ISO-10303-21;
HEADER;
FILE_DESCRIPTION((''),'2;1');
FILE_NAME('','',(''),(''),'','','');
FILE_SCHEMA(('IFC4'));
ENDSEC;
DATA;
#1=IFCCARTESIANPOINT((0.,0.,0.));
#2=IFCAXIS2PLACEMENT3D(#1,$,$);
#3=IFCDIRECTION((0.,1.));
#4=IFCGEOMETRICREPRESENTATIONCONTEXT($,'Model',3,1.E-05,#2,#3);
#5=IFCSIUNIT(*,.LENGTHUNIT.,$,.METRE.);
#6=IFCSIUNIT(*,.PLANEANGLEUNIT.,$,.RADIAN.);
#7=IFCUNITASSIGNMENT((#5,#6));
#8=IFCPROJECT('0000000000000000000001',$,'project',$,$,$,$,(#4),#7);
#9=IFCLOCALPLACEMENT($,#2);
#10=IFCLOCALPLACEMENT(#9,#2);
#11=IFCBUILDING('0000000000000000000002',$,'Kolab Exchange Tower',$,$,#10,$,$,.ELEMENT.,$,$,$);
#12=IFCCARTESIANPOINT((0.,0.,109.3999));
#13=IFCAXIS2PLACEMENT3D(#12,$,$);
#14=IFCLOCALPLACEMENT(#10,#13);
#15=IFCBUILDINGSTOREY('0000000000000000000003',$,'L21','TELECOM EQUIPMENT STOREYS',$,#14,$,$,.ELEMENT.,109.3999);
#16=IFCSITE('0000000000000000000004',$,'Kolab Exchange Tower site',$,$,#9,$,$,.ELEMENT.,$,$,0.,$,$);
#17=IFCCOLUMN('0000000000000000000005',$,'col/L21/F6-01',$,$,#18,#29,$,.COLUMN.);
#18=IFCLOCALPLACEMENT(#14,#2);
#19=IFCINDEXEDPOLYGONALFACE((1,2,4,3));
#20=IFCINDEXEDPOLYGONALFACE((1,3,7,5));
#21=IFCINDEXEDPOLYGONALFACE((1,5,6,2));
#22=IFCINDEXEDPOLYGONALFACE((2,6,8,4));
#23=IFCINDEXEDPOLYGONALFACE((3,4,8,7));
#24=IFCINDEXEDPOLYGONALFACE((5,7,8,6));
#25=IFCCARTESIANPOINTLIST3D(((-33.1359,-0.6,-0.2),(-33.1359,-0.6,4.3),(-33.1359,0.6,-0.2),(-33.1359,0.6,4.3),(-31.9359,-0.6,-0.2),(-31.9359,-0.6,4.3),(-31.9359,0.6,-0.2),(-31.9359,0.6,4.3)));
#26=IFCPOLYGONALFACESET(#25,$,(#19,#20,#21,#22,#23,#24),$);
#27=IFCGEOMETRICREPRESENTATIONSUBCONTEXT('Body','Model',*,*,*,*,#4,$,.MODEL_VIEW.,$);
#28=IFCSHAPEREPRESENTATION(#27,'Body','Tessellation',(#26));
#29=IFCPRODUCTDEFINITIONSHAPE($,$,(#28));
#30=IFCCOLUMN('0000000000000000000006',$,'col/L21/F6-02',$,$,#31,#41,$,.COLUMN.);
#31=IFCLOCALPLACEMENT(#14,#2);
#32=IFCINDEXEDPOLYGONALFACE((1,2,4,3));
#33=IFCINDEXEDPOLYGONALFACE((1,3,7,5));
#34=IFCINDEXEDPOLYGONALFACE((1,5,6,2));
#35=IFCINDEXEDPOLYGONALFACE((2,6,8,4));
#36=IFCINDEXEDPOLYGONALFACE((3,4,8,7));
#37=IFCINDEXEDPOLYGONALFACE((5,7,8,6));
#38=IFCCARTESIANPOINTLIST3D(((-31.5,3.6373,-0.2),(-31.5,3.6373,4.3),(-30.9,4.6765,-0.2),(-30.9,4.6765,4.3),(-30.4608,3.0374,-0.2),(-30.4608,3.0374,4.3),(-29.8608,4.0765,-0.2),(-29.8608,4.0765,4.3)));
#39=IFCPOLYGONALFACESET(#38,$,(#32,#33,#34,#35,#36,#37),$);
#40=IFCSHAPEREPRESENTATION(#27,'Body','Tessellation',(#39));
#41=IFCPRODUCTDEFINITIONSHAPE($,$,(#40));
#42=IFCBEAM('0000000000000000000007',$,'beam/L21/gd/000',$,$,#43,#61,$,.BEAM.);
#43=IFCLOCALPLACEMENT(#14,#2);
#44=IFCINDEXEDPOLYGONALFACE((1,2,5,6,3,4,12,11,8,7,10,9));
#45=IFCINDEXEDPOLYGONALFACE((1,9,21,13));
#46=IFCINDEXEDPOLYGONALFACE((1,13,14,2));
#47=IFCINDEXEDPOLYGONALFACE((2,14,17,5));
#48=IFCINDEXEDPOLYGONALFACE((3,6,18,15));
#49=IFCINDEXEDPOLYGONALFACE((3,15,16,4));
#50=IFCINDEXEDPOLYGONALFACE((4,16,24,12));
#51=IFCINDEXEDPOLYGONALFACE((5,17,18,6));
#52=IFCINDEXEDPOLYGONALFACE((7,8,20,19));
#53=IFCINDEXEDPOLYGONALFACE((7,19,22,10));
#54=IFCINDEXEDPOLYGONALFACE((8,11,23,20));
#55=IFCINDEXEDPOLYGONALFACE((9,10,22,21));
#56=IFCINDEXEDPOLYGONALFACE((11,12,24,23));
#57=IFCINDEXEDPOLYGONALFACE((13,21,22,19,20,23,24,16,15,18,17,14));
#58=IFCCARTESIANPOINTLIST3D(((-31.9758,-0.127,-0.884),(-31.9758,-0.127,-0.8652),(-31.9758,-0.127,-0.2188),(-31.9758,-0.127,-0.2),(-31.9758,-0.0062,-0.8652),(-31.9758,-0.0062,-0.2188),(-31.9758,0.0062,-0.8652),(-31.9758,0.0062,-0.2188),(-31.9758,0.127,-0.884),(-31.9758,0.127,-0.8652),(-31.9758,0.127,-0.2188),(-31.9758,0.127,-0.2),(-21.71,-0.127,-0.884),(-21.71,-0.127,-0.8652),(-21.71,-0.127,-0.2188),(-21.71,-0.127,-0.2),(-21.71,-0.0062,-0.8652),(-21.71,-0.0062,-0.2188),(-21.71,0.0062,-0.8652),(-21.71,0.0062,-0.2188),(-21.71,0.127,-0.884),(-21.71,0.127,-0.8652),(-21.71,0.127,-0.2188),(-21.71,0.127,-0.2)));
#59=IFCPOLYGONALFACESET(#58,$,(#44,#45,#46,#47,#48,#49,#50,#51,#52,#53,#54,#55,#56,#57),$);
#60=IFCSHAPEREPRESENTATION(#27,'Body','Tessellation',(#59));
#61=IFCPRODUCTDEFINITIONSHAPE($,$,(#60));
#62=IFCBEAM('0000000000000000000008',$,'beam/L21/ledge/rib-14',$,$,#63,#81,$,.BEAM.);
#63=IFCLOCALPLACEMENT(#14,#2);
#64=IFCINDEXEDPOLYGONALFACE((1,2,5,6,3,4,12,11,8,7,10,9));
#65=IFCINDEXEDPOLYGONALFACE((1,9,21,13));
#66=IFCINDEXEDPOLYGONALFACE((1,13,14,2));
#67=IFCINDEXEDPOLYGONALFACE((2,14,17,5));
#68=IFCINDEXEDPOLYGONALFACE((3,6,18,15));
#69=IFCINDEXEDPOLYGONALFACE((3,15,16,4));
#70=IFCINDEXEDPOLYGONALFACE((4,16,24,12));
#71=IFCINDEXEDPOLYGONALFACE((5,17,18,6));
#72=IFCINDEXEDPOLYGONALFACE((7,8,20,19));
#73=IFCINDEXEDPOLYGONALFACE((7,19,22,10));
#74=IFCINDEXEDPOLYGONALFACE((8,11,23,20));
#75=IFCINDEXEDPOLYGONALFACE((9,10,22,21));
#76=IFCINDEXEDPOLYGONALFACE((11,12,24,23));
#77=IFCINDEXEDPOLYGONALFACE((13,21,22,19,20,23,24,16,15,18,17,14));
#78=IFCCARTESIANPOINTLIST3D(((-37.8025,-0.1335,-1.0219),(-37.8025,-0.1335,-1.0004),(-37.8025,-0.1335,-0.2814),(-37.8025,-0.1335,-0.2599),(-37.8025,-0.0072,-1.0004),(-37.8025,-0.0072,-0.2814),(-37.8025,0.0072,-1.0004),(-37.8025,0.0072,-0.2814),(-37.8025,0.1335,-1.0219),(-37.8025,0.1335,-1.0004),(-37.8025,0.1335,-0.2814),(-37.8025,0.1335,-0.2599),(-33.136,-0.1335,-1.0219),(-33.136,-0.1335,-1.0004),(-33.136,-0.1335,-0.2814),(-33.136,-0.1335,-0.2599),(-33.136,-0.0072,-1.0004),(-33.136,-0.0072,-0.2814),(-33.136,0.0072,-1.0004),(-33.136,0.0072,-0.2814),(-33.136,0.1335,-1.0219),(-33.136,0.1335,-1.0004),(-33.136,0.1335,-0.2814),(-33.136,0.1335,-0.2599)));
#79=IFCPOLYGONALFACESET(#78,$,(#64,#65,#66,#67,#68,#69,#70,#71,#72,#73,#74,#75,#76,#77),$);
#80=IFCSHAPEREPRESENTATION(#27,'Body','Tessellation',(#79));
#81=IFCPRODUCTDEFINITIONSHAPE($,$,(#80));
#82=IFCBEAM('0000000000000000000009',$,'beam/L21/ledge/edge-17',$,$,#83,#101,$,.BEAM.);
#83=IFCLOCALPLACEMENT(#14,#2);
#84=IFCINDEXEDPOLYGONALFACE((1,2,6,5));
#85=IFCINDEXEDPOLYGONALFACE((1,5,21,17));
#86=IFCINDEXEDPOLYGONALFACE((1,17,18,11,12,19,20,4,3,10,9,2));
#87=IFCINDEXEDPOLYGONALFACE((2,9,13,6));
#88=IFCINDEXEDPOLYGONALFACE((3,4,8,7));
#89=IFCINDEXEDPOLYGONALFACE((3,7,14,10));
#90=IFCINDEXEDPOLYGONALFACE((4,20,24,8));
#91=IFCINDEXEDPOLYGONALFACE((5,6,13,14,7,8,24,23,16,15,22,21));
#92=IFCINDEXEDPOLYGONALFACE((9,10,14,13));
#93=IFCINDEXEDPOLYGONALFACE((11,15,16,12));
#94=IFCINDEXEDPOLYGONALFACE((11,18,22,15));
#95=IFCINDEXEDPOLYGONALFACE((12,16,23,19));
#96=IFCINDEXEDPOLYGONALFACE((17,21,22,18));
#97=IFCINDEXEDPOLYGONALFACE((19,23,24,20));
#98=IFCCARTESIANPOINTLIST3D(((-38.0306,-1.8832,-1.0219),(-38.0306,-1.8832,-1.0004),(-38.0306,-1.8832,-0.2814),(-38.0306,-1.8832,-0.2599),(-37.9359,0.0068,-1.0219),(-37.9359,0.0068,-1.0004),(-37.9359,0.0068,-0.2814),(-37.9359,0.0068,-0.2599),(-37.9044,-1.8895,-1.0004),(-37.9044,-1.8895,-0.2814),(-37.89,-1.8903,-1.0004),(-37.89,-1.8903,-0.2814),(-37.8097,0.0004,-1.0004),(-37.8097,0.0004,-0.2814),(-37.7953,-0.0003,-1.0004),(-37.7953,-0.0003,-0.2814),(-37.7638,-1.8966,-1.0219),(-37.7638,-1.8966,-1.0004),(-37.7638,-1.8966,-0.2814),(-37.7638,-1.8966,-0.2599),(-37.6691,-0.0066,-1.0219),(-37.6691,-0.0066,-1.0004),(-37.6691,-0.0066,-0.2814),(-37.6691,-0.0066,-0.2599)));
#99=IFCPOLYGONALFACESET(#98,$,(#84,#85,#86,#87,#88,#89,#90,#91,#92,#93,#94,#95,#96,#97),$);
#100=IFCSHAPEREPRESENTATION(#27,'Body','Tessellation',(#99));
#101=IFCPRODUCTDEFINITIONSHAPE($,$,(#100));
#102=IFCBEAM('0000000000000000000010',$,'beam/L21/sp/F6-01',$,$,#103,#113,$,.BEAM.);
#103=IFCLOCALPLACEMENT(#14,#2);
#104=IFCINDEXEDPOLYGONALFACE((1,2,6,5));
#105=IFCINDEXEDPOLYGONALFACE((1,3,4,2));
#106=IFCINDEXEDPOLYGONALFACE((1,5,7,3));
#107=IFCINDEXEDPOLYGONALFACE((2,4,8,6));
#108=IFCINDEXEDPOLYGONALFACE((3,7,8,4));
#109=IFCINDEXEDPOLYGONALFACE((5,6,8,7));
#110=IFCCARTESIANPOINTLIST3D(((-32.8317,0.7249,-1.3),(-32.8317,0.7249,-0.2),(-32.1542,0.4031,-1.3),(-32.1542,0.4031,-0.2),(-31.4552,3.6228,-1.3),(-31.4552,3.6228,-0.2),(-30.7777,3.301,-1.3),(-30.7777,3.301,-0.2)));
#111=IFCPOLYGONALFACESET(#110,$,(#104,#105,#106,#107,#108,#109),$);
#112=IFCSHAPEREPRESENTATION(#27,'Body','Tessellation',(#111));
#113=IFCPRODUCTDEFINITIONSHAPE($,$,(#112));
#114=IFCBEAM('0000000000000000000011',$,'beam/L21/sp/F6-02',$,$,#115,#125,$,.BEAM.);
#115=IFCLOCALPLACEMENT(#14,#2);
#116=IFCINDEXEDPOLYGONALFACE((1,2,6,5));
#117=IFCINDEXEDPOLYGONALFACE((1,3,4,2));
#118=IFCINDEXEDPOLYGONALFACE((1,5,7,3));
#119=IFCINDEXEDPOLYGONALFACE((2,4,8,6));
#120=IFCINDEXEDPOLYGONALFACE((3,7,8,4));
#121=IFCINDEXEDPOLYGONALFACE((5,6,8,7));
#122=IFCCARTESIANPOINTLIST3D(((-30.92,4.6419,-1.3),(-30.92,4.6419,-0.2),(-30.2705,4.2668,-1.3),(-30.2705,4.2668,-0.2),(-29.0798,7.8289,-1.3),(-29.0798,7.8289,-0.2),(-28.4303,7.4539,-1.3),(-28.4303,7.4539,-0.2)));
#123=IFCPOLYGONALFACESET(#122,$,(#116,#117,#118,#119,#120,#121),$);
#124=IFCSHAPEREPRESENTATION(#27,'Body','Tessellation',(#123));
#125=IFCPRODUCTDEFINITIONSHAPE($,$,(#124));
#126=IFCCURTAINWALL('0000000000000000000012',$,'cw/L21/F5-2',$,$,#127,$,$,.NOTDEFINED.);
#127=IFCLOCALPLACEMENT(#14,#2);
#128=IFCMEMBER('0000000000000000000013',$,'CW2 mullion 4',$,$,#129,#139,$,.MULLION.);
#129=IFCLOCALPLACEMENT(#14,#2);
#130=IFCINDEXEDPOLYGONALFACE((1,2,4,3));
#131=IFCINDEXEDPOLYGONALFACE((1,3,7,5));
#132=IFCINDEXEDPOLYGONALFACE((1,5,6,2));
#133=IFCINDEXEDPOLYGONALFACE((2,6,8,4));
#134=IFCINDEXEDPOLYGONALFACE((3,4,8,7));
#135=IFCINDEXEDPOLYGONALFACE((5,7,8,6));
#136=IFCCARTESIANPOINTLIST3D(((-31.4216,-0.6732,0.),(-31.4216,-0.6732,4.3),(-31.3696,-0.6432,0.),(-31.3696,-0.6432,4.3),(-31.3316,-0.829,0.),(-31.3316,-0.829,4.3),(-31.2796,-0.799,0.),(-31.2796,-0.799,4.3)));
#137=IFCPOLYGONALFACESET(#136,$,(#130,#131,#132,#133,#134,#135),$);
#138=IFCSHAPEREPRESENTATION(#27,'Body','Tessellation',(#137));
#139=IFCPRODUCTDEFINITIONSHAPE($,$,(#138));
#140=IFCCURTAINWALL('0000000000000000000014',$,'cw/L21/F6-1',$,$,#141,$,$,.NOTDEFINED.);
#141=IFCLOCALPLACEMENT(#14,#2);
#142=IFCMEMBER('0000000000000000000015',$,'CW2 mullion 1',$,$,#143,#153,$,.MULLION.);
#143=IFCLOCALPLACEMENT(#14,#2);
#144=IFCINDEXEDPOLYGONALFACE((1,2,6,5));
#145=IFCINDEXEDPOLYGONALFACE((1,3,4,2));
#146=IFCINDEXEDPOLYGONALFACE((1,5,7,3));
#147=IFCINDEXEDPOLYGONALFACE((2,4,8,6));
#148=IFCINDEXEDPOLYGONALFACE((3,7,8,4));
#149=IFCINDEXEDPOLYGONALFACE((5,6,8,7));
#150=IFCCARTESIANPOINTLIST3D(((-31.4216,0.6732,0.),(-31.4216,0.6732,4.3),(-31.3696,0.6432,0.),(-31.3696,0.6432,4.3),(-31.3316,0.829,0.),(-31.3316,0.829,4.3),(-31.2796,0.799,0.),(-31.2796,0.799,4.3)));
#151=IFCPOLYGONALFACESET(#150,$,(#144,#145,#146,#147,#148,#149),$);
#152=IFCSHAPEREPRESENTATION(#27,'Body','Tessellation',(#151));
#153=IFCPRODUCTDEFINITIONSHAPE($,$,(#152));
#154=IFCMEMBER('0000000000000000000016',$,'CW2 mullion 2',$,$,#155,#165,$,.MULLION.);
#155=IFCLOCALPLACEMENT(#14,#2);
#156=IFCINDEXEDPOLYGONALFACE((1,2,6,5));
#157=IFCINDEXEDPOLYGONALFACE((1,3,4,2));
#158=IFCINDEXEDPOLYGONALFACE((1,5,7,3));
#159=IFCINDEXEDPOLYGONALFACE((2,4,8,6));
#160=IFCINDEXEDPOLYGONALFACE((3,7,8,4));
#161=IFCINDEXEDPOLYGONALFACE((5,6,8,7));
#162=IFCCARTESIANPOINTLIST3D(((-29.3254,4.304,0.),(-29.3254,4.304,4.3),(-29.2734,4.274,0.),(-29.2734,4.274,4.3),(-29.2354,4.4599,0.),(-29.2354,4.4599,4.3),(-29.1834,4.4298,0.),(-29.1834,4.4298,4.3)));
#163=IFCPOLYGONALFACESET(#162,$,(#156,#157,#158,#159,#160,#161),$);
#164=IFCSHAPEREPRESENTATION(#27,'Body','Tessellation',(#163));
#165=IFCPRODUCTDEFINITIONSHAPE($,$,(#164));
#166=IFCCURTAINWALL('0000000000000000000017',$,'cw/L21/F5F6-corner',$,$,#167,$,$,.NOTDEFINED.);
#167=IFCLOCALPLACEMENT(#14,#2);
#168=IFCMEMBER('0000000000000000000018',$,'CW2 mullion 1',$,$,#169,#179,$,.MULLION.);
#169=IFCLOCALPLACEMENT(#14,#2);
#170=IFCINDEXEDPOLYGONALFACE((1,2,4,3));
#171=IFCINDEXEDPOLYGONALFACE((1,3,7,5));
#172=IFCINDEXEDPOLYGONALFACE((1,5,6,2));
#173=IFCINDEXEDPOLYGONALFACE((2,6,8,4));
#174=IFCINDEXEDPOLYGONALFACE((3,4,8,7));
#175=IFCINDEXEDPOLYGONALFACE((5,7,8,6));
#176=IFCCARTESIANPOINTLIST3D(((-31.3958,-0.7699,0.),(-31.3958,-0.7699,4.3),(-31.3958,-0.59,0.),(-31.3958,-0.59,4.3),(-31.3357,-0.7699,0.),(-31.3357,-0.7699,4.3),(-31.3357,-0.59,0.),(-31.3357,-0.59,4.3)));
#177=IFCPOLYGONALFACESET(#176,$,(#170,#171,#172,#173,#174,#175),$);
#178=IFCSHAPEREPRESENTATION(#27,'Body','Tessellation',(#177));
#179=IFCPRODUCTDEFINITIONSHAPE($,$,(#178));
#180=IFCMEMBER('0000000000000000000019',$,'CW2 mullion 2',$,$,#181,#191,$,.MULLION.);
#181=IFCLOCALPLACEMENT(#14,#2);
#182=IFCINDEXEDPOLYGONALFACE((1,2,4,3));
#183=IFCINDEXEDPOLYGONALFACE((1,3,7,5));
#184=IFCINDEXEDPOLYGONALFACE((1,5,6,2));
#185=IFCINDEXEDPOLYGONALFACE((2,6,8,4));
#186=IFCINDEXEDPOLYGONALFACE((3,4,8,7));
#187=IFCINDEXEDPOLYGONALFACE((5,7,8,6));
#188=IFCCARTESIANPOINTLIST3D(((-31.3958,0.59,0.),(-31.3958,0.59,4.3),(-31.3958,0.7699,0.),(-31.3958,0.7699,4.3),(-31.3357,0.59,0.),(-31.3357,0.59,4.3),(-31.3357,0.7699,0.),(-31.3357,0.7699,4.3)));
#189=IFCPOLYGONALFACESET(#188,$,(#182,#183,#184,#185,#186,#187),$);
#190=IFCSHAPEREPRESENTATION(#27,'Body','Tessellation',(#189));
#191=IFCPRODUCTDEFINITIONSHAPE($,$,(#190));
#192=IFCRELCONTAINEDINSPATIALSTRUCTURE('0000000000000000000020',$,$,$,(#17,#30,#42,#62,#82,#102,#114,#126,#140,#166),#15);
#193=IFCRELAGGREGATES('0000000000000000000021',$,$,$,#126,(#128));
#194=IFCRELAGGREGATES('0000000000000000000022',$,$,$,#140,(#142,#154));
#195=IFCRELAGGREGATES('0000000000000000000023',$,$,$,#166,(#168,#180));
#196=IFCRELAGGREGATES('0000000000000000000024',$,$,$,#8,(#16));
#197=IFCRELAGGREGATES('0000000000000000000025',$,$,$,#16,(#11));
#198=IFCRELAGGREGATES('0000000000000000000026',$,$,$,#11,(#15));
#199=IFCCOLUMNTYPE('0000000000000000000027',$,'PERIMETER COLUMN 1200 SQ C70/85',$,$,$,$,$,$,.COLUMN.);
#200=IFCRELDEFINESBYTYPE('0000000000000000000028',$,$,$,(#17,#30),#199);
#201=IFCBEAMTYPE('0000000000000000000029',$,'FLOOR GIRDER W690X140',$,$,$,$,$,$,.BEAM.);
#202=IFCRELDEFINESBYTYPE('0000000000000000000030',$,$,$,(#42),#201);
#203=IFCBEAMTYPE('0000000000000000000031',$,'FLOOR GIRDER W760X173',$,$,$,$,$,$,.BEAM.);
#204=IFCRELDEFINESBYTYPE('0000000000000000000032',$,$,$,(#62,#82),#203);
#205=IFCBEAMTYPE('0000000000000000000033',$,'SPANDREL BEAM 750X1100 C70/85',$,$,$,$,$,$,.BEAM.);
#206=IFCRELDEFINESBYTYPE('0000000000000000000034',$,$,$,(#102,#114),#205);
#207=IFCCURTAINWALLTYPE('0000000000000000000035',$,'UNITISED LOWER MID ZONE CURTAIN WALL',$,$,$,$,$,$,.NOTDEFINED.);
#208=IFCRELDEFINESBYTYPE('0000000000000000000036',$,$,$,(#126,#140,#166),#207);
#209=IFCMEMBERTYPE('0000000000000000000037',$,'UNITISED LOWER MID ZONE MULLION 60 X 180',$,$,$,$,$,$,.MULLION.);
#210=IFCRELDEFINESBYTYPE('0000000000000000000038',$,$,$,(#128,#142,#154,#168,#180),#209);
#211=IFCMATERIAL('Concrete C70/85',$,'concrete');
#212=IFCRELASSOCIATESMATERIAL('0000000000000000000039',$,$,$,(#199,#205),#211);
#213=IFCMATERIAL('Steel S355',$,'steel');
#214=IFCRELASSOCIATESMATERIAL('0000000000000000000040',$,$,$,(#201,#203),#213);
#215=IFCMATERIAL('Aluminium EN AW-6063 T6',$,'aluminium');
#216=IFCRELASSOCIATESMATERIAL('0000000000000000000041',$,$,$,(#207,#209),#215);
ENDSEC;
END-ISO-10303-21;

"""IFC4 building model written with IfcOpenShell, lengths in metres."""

from ifc_helpers import new_model, si_unit, direction, frame, origin, origin_2d, place, context, subcontext, project, spatial, rectangle, i_section, extrude, material, material_profile, profile_set, type_object, element, aggregate, save


model = new_model("IFC4")

# Units and contexts
model_context = context("Model", 3, precision=1e-05, world=origin(), true_north=direction((0.0, 1.0)))
body_context = subcontext(model_context, "Body", "Model", "MODEL_VIEW")
ifc_project = project(units=[si_unit("LENGTHUNIT", "METRE"), si_unit("PLANEANGLEUNIT", "RADIAN")], contexts=[model_context])

# Site, building, storey
site_placement = place(None, origin())
site = spatial("IfcSite", under=ifc_project, at=site_placement, Name="Kolab Exchange Tower site", CompositionType="ELEMENT", RefElevation=0.0)
building_placement = place(site_placement, origin())
building = spatial("IfcBuilding", under=site, at=building_placement, Name="Kolab Exchange Tower", CompositionType="ELEMENT")
storey_placement = place(building_placement, frame((0.0, 0.0, 109.3999)))
storey = spatial("IfcBuildingStorey", under=building, at=storey_placement, Name="L21", Description="TELECOM EQUIPMENT STOREYS", CompositionType="ELEMENT", Elevation=109.3999)

# Columns
ifc_material_1 = material(Name="Concrete C70/85", Category="concrete")
ifc_material_profile_1 = material_profile(ifc_material_1, rectangle(XDim=1.2, YDim=1.2, at=origin_2d()), Name="RC1200")
ifc_profile_set_1 = profile_set([ifc_material_profile_1], Name="Concrete C70/85")
column_type = type_object("IfcColumnType", Name="PERIMETER COLUMN 1200 SQ C70/85", PredefinedType="COLUMN", material=ifc_profile_set_1)
for number, where, z_axis, x_axis, name in (
    (1, (-32.5359, 0.0, -0.2), (0.0, 0.0, 1.0), (1.0, 0.0, 0.0), "col/L21/F6-01"),
    (2, (-30.6804, 3.8569, -0.2), (0.0, 0.0, 1.0), (0.5, 0.866025, 0.0), "col/L21/F6-02"),
):
    element("IfcColumn", number, at=place(storey_placement, frame(where, z_axis=z_axis, x_axis=x_axis)), inside=storey, type_object=column_type, Name=name, PredefinedType="COLUMN", context=body_context, shape_type="SweptSolid", body=[
        extrude(rectangle(XDim=1.2, YDim=1.2, at=origin_2d()), origin(), (0.0, 0.0, 1.0), 4.5),
    ])

# Beams
ifc_material_2 = material(Name="Steel S355", Category="steel")
ifc_material_profile_2 = material_profile(ifc_material_2, i_section(OverallWidth=0.2539, OverallDepth=0.6841, WebThickness=0.0125, FlangeThickness=0.0188, at=origin_2d()), Name="W690X140")
ifc_profile_set_2 = profile_set([ifc_material_profile_2], Name="Steel S355")
beam_type_1 = type_object("IfcBeamType", Name="FLOOR GIRDER W690X140", PredefinedType="BEAM", material=ifc_profile_set_2)
beam_1_placement = place(storey_placement, frame((-31.9758, 0.0, -0.542), z_axis=(1.0, 0.0, 0.0), x_axis=(0.0, 1.0, 0.0)))
element("IfcBeam", 3, at=beam_1_placement, inside=storey, type_object=beam_type_1, Name="beam/L21/gd/000", PredefinedType="BEAM", context=body_context, shape_type="SweptSolid", body=[
    extrude(i_section(OverallWidth=0.2539, OverallDepth=0.6841, WebThickness=0.0125, FlangeThickness=0.0188, at=origin_2d()), origin(), (0.0, 0.0, 1.0), 10.2659),
])
ifc_material_profile_3 = material_profile(ifc_material_2, i_section(OverallWidth=0.2671, OverallDepth=0.762, WebThickness=0.0144, FlangeThickness=0.0215, at=origin_2d()), Name="W760X173")
ifc_profile_set_3 = profile_set([ifc_material_profile_3], Name="Steel S355")
beam_type_2 = type_object("IfcBeamType", Name="FLOOR GIRDER W760X173", PredefinedType="BEAM", material=ifc_profile_set_3)
beam_2_placement = place(storey_placement, frame((-33.136, 0.0, -0.6409), z_axis=(-1.0, 0.0, 0.0), x_axis=(0.0, -1.0, 0.0)))
element("IfcBeam", 4, at=beam_2_placement, inside=storey, type_object=beam_type_2, Name="beam/L21/ledge/rib-14", PredefinedType="BEAM", context=body_context, shape_type="SweptSolid", body=[
    extrude(i_section(OverallWidth=0.2671, OverallDepth=0.762, WebThickness=0.0144, FlangeThickness=0.0215, at=origin_2d()), origin(), (0.0, 0.0, 1.0), 4.6665),
])
beam_3_placement = place(storey_placement, frame((-37.8972, -1.8899, -0.6409), z_axis=(0.05006, 0.998746, 0.0), x_axis=(-0.998746, 0.05006, 0.0)))
element("IfcBeam", 5, at=beam_3_placement, inside=storey, type_object=beam_type_2, Name="beam/L21/ledge/edge-17", PredefinedType="BEAM", context=body_context, shape_type="SweptSolid", body=[
    extrude(i_section(OverallWidth=0.2671, OverallDepth=0.762, WebThickness=0.0144, FlangeThickness=0.0215, at=origin_2d()), origin(), (0.0, 0.0, 1.0), 1.8923),
])
ifc_material_profile_4 = material_profile(ifc_material_1, rectangle(XDim=0.75, YDim=1.1001, at=origin_2d()), Name="RC750X1100")
ifc_profile_set_4 = profile_set([ifc_material_profile_4], Name="Concrete C70/85")
beam_type_3 = type_object("IfcBeamType", Name="SPANDREL BEAM 750X1100 C70/85", PredefinedType="BEAM", material=ifc_profile_set_4)
beam_4_placement = place(storey_placement, frame((-32.4929, 0.564, -0.75), z_axis=(0.429041, 0.903285, 0.0), x_axis=(-0.903285, 0.429041, 0.0)))
element("IfcBeam", 6, at=beam_4_placement, inside=storey, type_object=beam_type_3, Name="beam/L21/sp/F6-01", PredefinedType="BEAM", context=body_context, shape_type="SweptSolid", body=[
    extrude(rectangle(XDim=0.75, YDim=1.1001, at=origin_2d()), origin(), (0.0, 0.0, 1.0), 3.2083),
])
beam_5_placement = place(storey_placement, frame((-30.5952, 4.4543, -0.75), z_axis=(0.500013, 0.866018, 0.0), x_axis=(-0.866018, 0.500013, 0.0)))
element("IfcBeam", 7, at=beam_5_placement, inside=storey, type_object=beam_type_3, Name="beam/L21/sp/F6-02", PredefinedType="BEAM", context=body_context, shape_type="SweptSolid", body=[
    extrude(rectangle(XDim=0.75, YDim=1.1001, at=origin_2d()), origin(), (0.0, 0.0, 1.0), 3.6802),
])

# Curtain wall, member
ifc_material_3 = material(Name="Aluminium EN AW-6063 T6", Category="aluminium")
curtain_wall_type = type_object("IfcCurtainWallType", Name="UNITISED LOWER MID ZONE CURTAIN WALL", PredefinedType="NOTDEFINED", material=ifc_material_3)
curtain_wall_1_placement = place(storey_placement, origin())
curtain_wall_1 = element("IfcCurtainWall", 8, at=curtain_wall_1_placement, inside=storey, type_object=curtain_wall_type, Name="cw/L21/F5-2", PredefinedType="NOTDEFINED")
ifc_material_profile_5 = material_profile(ifc_material_3, rectangle(XDim=0.0601, YDim=0.1799, at=origin_2d()), Name="RECT 60X180")
ifc_profile_set_5 = profile_set([ifc_material_profile_5], Name="Aluminium EN AW-6063 T6")
member_type_1 = type_object("IfcMemberType", Name="UNITISED LOWER MID ZONE MULLION 60 X 180", PredefinedType="MULLION", material=ifc_profile_set_5)
member_1_placement = place(storey_placement, frame((-31.3506, -0.7361, 0.0), z_axis=(0.0, 0.0, 1.0), x_axis=(-0.866025, -0.5, 0.0)))
member_1 = element("IfcMember", 9, at=member_1_placement, type_object=member_type_1, Name="CW2 mullion 4", PredefinedType="MULLION", context=body_context, shape_type="SweptSolid", body=[
    extrude(rectangle(XDim=0.0601, YDim=0.1799, at=origin_2d()), origin(), (0.0, 0.0, 1.0), 4.3),
])
aggregate(curtain_wall_1, [member_1])

# Curtain walls, members
curtain_wall_2_placement = place(storey_placement, origin())
curtain_wall_2 = element("IfcCurtainWall", 10, at=curtain_wall_2_placement, inside=storey, type_object=curtain_wall_type, Name="cw/L21/F6-1", PredefinedType="NOTDEFINED")
member_2_placement = place(storey_placement, frame((-31.3506, 0.7361, 0.0), z_axis=(0.0, 0.0, 1.0), x_axis=(-0.866025, 0.5, 0.0)))
member_2 = element("IfcMember", 11, at=member_2_placement, type_object=member_type_1, Name="CW2 mullion 1", PredefinedType="MULLION", context=body_context, shape_type="SweptSolid", body=[
    extrude(rectangle(XDim=0.0601, YDim=0.1799, at=origin_2d()), origin(), (0.0, 0.0, 1.0), 4.3),
])
member_3_placement = place(storey_placement, frame((-29.2544, 4.3669, 0.0), z_axis=(0.0, 0.0, 1.0), x_axis=(-0.866025, 0.5, 0.0)))
member_3 = element("IfcMember", 12, at=member_3_placement, type_object=member_type_1, Name="CW2 mullion 2", PredefinedType="MULLION", context=body_context, shape_type="SweptSolid", body=[
    extrude(rectangle(XDim=0.0601, YDim=0.1799, at=origin_2d()), origin(), (0.0, 0.0, 1.0), 4.3),
])
curtain_wall_3_placement = place(storey_placement, origin())
curtain_wall_3 = element("IfcCurtainWall", 13, at=curtain_wall_3_placement, inside=storey, type_object=curtain_wall_type, Name="cw/L21/F5F6-corner", PredefinedType="NOTDEFINED")
member_4_placement = place(storey_placement, frame((-31.3657, -0.6799, 0.0), z_axis=(0.0, 0.0, 1.0), x_axis=(-1.0, 0.0, 0.0)))
member_4 = element("IfcMember", 14, at=member_4_placement, type_object=member_type_1, Name="CW2 mullion 1", PredefinedType="MULLION", context=body_context, shape_type="SweptSolid", body=[
    extrude(rectangle(XDim=0.0601, YDim=0.1799, at=origin_2d()), origin(), (0.0, 0.0, 1.0), 4.3),
])
member_5_placement = place(storey_placement, frame((-31.3657, 0.6799, 0.0), z_axis=(0.0, 0.0, 1.0), x_axis=(-1.0, 0.0, 0.0)))
member_5 = element("IfcMember", 15, at=member_5_placement, type_object=member_type_1, Name="CW2 mullion 2", PredefinedType="MULLION", context=body_context, shape_type="SweptSolid", body=[
    extrude(rectangle(XDim=0.0601, YDim=0.1799, at=origin_2d()), origin(), (0.0, 0.0, 1.0), 4.3),
])

aggregate(curtain_wall_2, [member_2, member_3])
aggregate(curtain_wall_3, [member_4, member_5])

save(model, "model.ifc")
